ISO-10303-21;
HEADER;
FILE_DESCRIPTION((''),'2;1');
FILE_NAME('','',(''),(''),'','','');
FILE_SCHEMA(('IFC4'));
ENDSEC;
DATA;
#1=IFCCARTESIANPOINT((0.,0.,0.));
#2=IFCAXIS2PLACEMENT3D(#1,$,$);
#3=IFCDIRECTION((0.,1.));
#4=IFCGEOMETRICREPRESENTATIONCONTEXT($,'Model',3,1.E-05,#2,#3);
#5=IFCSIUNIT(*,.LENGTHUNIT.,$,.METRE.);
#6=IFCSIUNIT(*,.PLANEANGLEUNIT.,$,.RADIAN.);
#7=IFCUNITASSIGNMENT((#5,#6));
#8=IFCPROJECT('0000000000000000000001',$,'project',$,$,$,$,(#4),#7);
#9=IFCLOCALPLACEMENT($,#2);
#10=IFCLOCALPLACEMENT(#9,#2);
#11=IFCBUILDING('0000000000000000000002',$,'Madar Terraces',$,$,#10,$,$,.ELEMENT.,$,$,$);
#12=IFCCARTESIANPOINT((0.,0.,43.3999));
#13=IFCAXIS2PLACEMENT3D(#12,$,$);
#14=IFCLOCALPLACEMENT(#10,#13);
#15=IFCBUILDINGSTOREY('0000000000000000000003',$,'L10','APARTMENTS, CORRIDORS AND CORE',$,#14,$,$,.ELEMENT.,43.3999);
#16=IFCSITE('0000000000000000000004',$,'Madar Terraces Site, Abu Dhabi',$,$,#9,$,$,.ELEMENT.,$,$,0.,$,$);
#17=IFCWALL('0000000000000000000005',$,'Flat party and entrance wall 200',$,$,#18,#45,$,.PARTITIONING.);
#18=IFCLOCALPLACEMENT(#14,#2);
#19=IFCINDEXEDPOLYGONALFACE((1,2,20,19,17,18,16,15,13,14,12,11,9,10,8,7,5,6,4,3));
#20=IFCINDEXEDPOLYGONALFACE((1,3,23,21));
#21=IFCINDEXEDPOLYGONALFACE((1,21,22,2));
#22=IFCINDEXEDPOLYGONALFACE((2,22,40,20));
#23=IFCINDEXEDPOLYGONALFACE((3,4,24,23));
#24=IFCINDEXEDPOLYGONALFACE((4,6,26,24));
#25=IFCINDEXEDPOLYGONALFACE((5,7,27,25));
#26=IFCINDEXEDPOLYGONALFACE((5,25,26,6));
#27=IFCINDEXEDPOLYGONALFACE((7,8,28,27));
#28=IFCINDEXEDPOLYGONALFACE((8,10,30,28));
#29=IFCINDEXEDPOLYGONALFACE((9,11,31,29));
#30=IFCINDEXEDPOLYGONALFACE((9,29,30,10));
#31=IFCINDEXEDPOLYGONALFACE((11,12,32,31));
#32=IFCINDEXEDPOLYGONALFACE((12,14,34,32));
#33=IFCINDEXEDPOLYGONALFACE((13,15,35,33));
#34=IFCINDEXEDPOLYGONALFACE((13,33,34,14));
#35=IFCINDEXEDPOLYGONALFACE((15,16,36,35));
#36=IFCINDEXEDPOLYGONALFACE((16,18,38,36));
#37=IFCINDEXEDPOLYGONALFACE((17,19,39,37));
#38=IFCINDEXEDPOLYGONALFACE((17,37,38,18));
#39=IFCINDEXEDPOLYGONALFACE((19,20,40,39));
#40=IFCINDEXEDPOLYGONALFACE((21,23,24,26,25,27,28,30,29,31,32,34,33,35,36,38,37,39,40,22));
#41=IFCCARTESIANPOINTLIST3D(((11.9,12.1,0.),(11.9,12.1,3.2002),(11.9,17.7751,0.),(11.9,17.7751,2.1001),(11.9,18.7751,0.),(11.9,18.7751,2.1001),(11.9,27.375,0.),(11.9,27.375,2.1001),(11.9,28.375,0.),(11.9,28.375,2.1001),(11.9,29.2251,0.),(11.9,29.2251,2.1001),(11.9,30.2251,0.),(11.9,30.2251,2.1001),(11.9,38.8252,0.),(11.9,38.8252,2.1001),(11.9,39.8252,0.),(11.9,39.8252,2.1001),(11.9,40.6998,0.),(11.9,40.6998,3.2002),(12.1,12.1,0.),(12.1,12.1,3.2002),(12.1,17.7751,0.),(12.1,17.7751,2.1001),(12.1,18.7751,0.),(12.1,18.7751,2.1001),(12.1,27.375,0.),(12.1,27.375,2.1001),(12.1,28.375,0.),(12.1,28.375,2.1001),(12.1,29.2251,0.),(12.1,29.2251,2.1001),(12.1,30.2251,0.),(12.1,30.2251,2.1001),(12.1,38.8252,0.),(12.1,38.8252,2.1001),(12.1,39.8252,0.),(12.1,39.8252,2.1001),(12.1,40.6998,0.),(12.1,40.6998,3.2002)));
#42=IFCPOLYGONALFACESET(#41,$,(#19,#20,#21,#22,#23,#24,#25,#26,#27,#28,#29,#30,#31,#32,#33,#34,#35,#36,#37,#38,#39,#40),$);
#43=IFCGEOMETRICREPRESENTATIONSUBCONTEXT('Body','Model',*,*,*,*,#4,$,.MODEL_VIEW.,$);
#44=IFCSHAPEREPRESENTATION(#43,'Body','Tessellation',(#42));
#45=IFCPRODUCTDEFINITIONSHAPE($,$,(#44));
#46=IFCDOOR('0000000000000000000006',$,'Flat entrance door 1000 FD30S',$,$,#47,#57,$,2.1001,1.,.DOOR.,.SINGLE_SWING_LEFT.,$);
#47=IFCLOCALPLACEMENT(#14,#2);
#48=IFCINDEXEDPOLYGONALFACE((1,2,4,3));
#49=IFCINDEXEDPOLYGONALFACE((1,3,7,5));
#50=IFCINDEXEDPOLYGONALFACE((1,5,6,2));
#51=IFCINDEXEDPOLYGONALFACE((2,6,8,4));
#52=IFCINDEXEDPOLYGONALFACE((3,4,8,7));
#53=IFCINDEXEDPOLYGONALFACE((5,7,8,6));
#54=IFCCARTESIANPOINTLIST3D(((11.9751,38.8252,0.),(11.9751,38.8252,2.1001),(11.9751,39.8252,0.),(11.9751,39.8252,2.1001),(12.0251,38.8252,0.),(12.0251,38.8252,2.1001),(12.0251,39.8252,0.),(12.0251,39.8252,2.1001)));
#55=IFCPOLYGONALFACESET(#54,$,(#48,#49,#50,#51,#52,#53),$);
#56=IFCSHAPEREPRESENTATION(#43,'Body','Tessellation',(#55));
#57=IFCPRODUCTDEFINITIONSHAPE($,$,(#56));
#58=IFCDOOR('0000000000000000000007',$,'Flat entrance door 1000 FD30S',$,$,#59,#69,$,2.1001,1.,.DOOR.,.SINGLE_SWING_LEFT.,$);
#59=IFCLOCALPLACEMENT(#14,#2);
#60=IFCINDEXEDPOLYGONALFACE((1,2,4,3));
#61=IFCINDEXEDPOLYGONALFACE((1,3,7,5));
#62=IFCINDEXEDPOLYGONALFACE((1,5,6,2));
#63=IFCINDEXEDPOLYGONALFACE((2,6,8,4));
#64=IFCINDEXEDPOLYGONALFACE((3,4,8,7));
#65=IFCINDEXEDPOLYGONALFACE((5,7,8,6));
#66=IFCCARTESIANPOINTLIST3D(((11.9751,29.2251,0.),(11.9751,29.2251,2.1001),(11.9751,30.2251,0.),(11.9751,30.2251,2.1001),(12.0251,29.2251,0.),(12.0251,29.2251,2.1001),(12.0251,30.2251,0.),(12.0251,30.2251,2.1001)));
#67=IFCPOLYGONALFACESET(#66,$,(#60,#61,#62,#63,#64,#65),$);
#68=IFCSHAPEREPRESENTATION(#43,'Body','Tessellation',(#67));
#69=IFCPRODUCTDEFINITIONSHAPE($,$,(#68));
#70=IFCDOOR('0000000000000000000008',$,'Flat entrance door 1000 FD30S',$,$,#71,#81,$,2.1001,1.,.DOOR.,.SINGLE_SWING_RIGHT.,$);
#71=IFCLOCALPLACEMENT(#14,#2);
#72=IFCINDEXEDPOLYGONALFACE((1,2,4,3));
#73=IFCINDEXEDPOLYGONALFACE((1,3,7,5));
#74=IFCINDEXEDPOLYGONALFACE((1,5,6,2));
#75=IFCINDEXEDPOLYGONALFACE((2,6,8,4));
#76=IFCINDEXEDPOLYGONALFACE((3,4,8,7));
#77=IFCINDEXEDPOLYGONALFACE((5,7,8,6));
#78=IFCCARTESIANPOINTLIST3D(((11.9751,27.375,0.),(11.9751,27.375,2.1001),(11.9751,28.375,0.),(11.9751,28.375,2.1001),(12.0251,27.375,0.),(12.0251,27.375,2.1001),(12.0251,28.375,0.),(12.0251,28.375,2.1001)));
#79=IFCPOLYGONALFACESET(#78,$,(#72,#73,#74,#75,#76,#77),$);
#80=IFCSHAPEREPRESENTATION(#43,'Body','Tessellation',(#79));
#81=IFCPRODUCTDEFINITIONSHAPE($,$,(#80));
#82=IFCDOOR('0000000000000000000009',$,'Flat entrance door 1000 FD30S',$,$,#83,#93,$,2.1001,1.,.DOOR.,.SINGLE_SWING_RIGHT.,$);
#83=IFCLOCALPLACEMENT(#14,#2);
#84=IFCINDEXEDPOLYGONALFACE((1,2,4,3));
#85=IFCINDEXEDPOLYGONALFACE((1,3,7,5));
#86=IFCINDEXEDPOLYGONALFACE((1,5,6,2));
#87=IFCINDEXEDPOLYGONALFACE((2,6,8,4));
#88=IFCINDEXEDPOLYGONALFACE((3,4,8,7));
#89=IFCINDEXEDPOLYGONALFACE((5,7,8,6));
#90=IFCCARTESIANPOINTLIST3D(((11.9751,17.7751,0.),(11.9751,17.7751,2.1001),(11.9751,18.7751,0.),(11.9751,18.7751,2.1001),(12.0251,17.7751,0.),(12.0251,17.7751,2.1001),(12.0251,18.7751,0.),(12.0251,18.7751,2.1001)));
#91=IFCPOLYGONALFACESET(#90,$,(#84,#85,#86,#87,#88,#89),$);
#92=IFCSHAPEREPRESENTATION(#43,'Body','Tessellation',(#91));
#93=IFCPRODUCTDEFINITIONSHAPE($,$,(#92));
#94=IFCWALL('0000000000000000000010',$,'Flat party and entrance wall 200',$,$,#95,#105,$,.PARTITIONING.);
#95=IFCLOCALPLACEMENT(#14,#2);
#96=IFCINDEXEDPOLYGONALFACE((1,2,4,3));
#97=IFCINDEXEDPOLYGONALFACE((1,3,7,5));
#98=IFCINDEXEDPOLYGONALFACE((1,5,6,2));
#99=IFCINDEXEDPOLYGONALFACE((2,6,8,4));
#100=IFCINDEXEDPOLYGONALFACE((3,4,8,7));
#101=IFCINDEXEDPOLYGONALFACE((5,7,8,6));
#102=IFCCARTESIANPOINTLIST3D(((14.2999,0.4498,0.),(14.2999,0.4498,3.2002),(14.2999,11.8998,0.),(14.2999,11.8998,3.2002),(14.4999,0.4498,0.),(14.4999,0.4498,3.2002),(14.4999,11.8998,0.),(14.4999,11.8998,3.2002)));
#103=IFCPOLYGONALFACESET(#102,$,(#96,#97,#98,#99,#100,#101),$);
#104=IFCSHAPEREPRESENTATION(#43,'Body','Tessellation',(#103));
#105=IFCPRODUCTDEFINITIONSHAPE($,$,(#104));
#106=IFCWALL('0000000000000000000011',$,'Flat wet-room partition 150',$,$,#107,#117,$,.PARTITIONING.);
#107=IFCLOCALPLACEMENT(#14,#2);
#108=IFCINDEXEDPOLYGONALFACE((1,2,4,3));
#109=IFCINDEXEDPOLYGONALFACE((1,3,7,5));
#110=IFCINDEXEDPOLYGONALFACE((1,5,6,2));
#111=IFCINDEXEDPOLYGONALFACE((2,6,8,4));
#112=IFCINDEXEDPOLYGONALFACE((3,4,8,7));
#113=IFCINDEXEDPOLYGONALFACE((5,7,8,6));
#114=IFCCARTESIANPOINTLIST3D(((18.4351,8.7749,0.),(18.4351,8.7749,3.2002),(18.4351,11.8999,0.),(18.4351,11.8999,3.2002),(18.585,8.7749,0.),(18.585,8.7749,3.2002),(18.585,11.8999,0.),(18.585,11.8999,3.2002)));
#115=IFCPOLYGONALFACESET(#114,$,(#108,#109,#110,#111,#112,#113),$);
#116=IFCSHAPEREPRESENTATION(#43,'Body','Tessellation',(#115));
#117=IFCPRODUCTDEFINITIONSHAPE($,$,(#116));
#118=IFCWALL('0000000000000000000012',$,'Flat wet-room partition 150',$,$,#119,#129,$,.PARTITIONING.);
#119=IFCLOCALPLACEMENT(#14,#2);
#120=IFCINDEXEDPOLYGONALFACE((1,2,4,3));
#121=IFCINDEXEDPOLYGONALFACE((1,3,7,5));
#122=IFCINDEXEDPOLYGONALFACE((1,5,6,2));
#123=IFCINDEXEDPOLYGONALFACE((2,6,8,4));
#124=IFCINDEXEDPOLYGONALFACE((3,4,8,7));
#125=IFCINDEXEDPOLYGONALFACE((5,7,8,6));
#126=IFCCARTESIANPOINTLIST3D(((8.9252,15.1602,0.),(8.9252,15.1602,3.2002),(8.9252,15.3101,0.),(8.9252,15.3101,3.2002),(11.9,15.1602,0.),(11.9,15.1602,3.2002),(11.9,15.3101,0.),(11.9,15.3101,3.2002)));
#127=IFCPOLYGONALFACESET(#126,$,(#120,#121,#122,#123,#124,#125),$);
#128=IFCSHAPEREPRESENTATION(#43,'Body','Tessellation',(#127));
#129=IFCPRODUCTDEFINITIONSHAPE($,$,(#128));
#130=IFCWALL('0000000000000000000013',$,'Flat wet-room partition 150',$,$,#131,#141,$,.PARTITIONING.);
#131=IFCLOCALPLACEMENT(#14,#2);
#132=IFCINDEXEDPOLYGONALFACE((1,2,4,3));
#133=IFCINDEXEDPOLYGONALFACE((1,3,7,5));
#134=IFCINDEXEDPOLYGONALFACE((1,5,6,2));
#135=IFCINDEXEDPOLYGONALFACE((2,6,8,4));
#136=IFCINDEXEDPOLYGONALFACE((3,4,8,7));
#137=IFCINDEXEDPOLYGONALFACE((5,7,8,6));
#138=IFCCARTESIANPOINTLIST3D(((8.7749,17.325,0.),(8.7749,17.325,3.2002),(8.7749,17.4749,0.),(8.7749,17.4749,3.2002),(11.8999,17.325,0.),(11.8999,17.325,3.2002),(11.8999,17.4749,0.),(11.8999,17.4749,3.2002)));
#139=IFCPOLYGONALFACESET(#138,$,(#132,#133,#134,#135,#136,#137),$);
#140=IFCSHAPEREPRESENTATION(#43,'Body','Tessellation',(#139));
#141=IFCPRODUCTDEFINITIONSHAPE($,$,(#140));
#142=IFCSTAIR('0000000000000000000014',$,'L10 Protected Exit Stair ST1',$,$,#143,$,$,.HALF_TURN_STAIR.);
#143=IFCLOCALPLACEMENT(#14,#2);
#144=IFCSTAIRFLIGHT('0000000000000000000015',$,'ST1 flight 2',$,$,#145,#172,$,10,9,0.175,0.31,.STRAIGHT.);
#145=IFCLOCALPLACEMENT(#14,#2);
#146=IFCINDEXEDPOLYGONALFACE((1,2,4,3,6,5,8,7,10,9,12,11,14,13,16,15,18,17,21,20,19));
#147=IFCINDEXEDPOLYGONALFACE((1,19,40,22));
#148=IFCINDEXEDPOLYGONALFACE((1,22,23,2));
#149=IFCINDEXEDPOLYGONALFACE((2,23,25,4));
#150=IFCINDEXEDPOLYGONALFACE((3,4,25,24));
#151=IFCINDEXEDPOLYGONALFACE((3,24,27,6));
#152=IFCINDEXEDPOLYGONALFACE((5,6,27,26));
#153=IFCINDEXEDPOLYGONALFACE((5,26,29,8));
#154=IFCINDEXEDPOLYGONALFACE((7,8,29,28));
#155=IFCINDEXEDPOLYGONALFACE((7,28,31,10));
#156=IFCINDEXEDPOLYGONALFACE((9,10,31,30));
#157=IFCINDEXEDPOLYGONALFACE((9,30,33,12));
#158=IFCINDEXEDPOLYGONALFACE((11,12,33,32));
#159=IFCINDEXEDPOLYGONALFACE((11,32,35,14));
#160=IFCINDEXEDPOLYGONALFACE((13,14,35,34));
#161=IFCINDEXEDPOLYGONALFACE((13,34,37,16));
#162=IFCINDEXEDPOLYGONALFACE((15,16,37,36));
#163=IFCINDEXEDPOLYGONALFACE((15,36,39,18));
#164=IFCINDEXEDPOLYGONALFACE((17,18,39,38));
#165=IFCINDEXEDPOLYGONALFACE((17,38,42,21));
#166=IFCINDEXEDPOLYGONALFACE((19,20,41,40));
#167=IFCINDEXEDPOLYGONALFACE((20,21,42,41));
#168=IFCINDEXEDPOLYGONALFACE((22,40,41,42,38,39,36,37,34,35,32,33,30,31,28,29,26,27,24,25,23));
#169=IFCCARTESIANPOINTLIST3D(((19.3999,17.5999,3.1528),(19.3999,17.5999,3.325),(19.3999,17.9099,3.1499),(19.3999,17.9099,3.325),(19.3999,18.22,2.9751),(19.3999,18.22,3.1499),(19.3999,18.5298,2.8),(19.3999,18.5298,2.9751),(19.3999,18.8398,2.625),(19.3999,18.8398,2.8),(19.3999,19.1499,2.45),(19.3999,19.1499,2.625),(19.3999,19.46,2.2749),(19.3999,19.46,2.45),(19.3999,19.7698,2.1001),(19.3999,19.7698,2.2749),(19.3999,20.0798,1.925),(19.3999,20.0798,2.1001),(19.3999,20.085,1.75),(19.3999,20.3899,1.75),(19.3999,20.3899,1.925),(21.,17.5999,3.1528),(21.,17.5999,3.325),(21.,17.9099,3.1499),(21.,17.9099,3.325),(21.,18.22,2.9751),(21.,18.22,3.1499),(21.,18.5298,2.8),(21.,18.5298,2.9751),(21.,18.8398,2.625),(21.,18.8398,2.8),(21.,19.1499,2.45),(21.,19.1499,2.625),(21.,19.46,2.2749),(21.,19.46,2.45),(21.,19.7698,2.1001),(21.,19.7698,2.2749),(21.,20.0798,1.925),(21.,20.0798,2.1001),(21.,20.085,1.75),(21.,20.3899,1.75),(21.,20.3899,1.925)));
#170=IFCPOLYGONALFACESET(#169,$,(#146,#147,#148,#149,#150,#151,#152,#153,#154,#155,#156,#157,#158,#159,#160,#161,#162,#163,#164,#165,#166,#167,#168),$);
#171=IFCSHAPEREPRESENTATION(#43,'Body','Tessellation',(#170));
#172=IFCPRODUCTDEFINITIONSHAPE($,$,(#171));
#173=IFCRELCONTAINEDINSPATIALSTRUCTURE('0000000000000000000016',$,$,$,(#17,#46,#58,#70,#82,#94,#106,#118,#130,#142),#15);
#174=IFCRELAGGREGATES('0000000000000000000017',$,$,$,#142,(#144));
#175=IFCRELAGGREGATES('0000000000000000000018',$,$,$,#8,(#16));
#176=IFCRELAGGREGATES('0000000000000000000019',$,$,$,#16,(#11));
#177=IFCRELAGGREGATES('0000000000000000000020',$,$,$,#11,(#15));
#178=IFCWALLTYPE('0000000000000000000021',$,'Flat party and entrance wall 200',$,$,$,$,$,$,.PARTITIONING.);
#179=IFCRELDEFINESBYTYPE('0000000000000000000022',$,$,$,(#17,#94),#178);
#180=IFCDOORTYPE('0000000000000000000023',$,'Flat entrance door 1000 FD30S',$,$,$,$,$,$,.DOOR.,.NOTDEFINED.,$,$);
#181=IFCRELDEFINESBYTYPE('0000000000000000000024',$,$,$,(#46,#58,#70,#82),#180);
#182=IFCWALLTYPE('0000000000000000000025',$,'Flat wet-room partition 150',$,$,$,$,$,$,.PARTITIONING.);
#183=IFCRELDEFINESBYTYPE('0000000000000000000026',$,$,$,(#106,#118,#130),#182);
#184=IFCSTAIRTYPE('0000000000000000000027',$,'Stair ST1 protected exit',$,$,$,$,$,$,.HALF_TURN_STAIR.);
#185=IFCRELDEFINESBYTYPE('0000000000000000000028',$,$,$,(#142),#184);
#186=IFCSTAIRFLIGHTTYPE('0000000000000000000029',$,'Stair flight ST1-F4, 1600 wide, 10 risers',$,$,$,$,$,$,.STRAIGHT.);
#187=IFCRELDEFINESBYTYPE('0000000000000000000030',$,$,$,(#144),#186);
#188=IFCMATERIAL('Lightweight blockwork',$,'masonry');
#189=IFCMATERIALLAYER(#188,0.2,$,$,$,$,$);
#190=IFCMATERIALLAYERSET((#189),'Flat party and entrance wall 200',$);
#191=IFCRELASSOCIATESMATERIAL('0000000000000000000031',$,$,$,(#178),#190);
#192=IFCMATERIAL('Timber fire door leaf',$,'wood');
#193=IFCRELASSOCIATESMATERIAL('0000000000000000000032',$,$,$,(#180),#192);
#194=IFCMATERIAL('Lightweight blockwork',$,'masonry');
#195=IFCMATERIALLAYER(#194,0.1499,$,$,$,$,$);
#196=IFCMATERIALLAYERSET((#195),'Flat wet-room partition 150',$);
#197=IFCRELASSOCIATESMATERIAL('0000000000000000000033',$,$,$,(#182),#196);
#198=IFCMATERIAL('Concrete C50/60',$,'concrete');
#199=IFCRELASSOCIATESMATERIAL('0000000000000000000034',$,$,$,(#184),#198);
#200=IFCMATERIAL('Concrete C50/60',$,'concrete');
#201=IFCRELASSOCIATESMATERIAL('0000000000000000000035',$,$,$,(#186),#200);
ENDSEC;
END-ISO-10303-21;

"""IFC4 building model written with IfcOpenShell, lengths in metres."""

from ifc_helpers import new_model, si_unit, direction, frame, frame_2d, origin, place, context, subcontext, project, spatial, polyline, rectangle, outline, extrude, material, layer, layer_set, type_object, element, fill, aggregate, save


model = new_model("IFC4")

# Units and contexts
model_context = context("Model", 3, precision=1e-05, world=origin(), true_north=direction((0.0, 1.0)))
body_context = subcontext(model_context, "Body", "Model", "MODEL_VIEW")
ifc_project = project(units=[si_unit("LENGTHUNIT", "METRE"), si_unit("PLANEANGLEUNIT", "RADIAN")], contexts=[model_context])

# Site, building, storey
site_placement = place(None, origin())
site = spatial("IfcSite", under=ifc_project, at=site_placement, Name="Madar Terraces Site, Abu Dhabi", CompositionType="ELEMENT", RefElevation=0.0)
building_placement = place(site_placement, origin())
building = spatial("IfcBuilding", under=site, at=building_placement, Name="Madar Terraces", CompositionType="ELEMENT")
storey_placement = place(building_placement, frame((0.0, 0.0, 43.3999)))
storey = spatial("IfcBuildingStorey", under=building, at=storey_placement, Name="L10", Description="APARTMENTS, CORRIDORS AND CORE", CompositionType="ELEMENT", Elevation=43.3999)

# Wall, openings, doors
ifc_material_1 = material(Name="Lightweight blockwork", Category="masonry")
ifc_layer_1 = layer(ifc_material_1, 0.2)
ifc_layer_set_1 = layer_set([ifc_layer_1], Name="Flat party and entrance wall 200")
wall_type_1 = type_object("IfcWallType", Name="Flat party and entrance wall 200", PredefinedType="PARTITIONING", material=ifc_layer_set_1)
wall_1_placement = place(storey_placement, frame((12.0, 12.1001, 0.0), z_axis=(0.0, 0.0, 1.0), x_axis=(0.0, 1.0, 0.0)))
wall_1 = element("IfcWall", 1, at=wall_1_placement, inside=storey, type_object=wall_type_1, Name="Flat party and entrance wall 200", PredefinedType="PARTITIONING", context=body_context, shape_type="SweptSolid", body=[
    extrude(rectangle(XDim=28.5999, YDim=0.2, at=frame_2d((14.2998, 0.0))), origin(), (0.0, 0.0, 1.0), 3.2002),
])
opening_1_placement = place(wall_1_placement, frame((26.7251, 0.0, 0.0)))
opening_1 = element("IfcOpeningElement", 2, at=opening_1_placement, cuts=wall_1, PredefinedType="OPENING", context=body_context, shape_type="SweptSolid", body=[
    extrude(rectangle(XDim=1.0, YDim=2.1001, at=frame_2d((0.5, 1.05))), frame((0.0, 0.1099, 0.0), z_axis=(0.0, -1.0, 0.0), x_axis=(1.0, 0.0, 0.0)), (0.0, 0.0, 1.0), 0.22),
])
opening_2_placement = place(wall_1_placement, frame((17.125, 0.0, 0.0)))
opening_2 = element("IfcOpeningElement", 3, at=opening_2_placement, cuts=wall_1, PredefinedType="OPENING", context=body_context, shape_type="SweptSolid", body=[
    extrude(rectangle(XDim=1.0, YDim=2.1001, at=frame_2d((0.5, 1.05))), frame((0.0, 0.1099, 0.0), z_axis=(0.0, -1.0, 0.0), x_axis=(1.0, 0.0, 0.0)), (0.0, 0.0, 1.0), 0.22),
])
opening_3_placement = place(wall_1_placement, frame((15.2749, 0.0, 0.0)))
opening_3 = element("IfcOpeningElement", 4, at=opening_3_placement, cuts=wall_1, PredefinedType="OPENING", context=body_context, shape_type="SweptSolid", body=[
    extrude(rectangle(XDim=1.0, YDim=2.1001, at=frame_2d((0.5, 1.05))), frame((0.0, 0.1099, 0.0), z_axis=(0.0, -1.0, 0.0), x_axis=(1.0, 0.0, 0.0)), (0.0, 0.0, 1.0), 0.22),
])
opening_4_placement = place(wall_1_placement, frame((5.675, 0.0, 0.0)))
opening_4 = element("IfcOpeningElement", 5, at=opening_4_placement, cuts=wall_1, PredefinedType="OPENING", context=body_context, shape_type="SweptSolid", body=[
    extrude(rectangle(XDim=1.0, YDim=2.1001, at=frame_2d((0.5, 1.05))), frame((0.0, 0.1099, 0.0), z_axis=(0.0, -1.0, 0.0), x_axis=(1.0, 0.0, 0.0)), (0.0, 0.0, 1.0), 0.22),
])
ifc_material_2 = material(Name="Timber fire door leaf", Category="wood")
door_type_1 = type_object("IfcDoorType", Name="Flat entrance door 1000 FD30S", OperationType="NOTDEFINED", PredefinedType="DOOR", material=ifc_material_2)
door_1_placement = place(opening_1_placement, origin())
door_1 = element("IfcDoor", 6, at=door_1_placement, inside=storey, type_object=door_type_1, Name="Flat entrance door 1000 FD30S", OperationType="SINGLE_SWING_LEFT", OverallHeight=2.1001, OverallWidth=1.0, PredefinedType="DOOR", context=body_context, shape_type="SweptSolid", body=[
    extrude(rectangle(XDim=1.0, YDim=2.1001, at=frame_2d((0.5, 1.05))), frame((0.0, 0.0249, 0.0), z_axis=(0.0, -1.0, 0.0), x_axis=(1.0, 0.0, 0.0)), (0.0, 0.0, 1.0), 0.05),
])
fill(opening_1, door_1)
door_2_placement = place(opening_2_placement, origin())
door_2 = element("IfcDoor", 7, at=door_2_placement, inside=storey, type_object=door_type_1, Name="Flat entrance door 1000 FD30S", OperationType="SINGLE_SWING_LEFT", OverallHeight=2.1001, OverallWidth=1.0, PredefinedType="DOOR", context=body_context, shape_type="SweptSolid", body=[
    extrude(rectangle(XDim=1.0, YDim=2.1001, at=frame_2d((0.5, 1.05))), frame((0.0, 0.0249, 0.0), z_axis=(0.0, -1.0, 0.0), x_axis=(1.0, 0.0, 0.0)), (0.0, 0.0, 1.0), 0.05),
])
fill(opening_2, door_2)
door_3_placement = place(opening_3_placement, origin())
door_3 = element("IfcDoor", 8, at=door_3_placement, inside=storey, type_object=door_type_1, Name="Flat entrance door 1000 FD30S", OperationType="SINGLE_SWING_RIGHT", OverallHeight=2.1001, OverallWidth=1.0, PredefinedType="DOOR", context=body_context, shape_type="SweptSolid", body=[
    extrude(rectangle(XDim=1.0, YDim=2.1001, at=frame_2d((0.5, 1.05))), frame((0.0, 0.0249, 0.0), z_axis=(0.0, -1.0, 0.0), x_axis=(1.0, 0.0, 0.0)), (0.0, 0.0, 1.0), 0.05),
])
fill(opening_3, door_3)
door_4_placement = place(opening_4_placement, origin())
door_4 = element("IfcDoor", 9, at=door_4_placement, inside=storey, type_object=door_type_1, Name="Flat entrance door 1000 FD30S", OperationType="SINGLE_SWING_RIGHT", OverallHeight=2.1001, OverallWidth=1.0, PredefinedType="DOOR", context=body_context, shape_type="SweptSolid", body=[
    extrude(rectangle(XDim=1.0, YDim=2.1001, at=frame_2d((0.5, 1.05))), frame((0.0, 0.0249, 0.0), z_axis=(0.0, -1.0, 0.0), x_axis=(1.0, 0.0, 0.0)), (0.0, 0.0, 1.0), 0.05),
])
fill(opening_4, door_4)

# Walls
wall_2_placement = place(storey_placement, frame((14.3999, 11.8999, 0.0), z_axis=(0.0, 0.0, 1.0), x_axis=(0.0, -1.0, 0.0)))
element("IfcWall", 10, at=wall_2_placement, inside=storey, type_object=wall_type_1, Name="Flat party and entrance wall 200", PredefinedType="PARTITIONING", context=body_context, shape_type="SweptSolid", body=[
    extrude(rectangle(XDim=11.45, YDim=0.2, at=frame_2d((5.7251, 0.0))), origin(), (0.0, 0.0, 1.0), 3.2002),
])
ifc_material_3 = material(Name="Lightweight blockwork", Category="masonry")
ifc_layer_2 = layer(ifc_material_3, 0.1499)
ifc_layer_set_2 = layer_set([ifc_layer_2], Name="Flat wet-room partition 150")
wall_type_2 = type_object("IfcWallType", Name="Flat wet-room partition 150", PredefinedType="PARTITIONING", material=ifc_layer_set_2)
wall_3_placement = place(storey_placement, frame((18.51, 11.8999, 0.0), z_axis=(0.0, 0.0, 1.0), x_axis=(0.0, -1.0, 0.0)))
element("IfcWall", 11, at=wall_3_placement, inside=storey, type_object=wall_type_2, Name="Flat wet-room partition 150", PredefinedType="PARTITIONING", context=body_context, shape_type="SweptSolid", body=[
    extrude(rectangle(XDim=3.125, YDim=0.1499, at=frame_2d((1.5625, 0.0))), origin(), (0.0, 0.0, 1.0), 3.2002),
])
wall_4_placement = place(storey_placement, frame((11.8999, 15.2351, 0.0), z_axis=(0.0, 0.0, 1.0), x_axis=(-1.0, 0.0, 0.0)))
element("IfcWall", 12, at=wall_4_placement, inside=storey, type_object=wall_type_2, Name="Flat wet-room partition 150", PredefinedType="PARTITIONING", context=body_context, shape_type="SweptSolid", body=[
    extrude(rectangle(XDim=2.9749, YDim=0.1499, at=frame_2d((1.4873, 0.0))), origin(), (0.0, 0.0, 1.0), 3.2002),
])
wall_5_placement = place(storey_placement, frame((11.8999, 17.3999, 0.0), z_axis=(0.0, 0.0, 1.0), x_axis=(-1.0, 0.0, 0.0)))
element("IfcWall", 13, at=wall_5_placement, inside=storey, type_object=wall_type_2, Name="Flat wet-room partition 150", PredefinedType="PARTITIONING", context=body_context, shape_type="SweptSolid", body=[
    extrude(rectangle(XDim=3.125, YDim=0.1499, at=frame_2d((1.5625, 0.0))), origin(), (0.0, 0.0, 1.0), 3.2002),
])

# Stair, stair flight
ifc_material_4 = material(Name="Concrete C50/60", Category="concrete")
stair_type = type_object("IfcStairType", Name="Stair ST1 protected exit", PredefinedType="HALF_TURN_STAIR", material=ifc_material_4)
stair_placement = place(storey_placement, origin())
stair = element("IfcStair", 14, at=stair_placement, inside=storey, type_object=stair_type, Name="L10 Protected Exit Stair ST1", PredefinedType="HALF_TURN_STAIR")
ifc_material_5 = material(Name="Concrete C50/60", Category="concrete")
stair_flight_type = type_object("IfcStairFlightType", Name="Stair flight ST1-F4, 1600 wide, 10 risers", PredefinedType="STRAIGHT", material=ifc_material_5)
stair_flight_placement = place(storey_placement, frame((20.2, 20.3899, 1.75), z_axis=(0.0, 0.0, 1.0), x_axis=(0.0, -1.0, 0.0)))
stair_flight = element("IfcStairFlight", 15, at=stair_flight_placement, type_object=stair_flight_type, Name="ST1 flight 2", NumberOfRisers=10, NumberOfTreads=9, PredefinedType="STRAIGHT", RiserHeight=0.175, TreadLength=0.31, context=body_context, shape_type="SweptSolid", body=[
    extrude(outline(polyline([(0.0, 0.0), (0.0, 0.175), (0.3101, 0.175), (0.3101, 0.3501), (0.6201, 0.3501), (0.6201, 0.5249), (0.9299, 0.5249), (0.9299, 0.7), (1.24, 0.7), (1.24, 0.875), (1.55, 0.875), (1.55, 1.05), (1.8601, 1.05), (1.8601, 1.2251), (2.1699, 1.2251), (2.1699, 1.3999), (2.48, 1.3999), (2.48, 1.575), (2.79, 1.575), (2.79, 1.75), (2.79, 1.4028), (0.3049, 0.0), (0.0, 0.0)])), frame((0.0, 0.8, 0.0), z_axis=(0.0, -1.0, 0.0), x_axis=(1.0, 0.0, 0.0)), (0.0, 0.0, 1.0), 1.6001),
])
aggregate(stair, [stair_flight])

save(model, "model.ifc")
